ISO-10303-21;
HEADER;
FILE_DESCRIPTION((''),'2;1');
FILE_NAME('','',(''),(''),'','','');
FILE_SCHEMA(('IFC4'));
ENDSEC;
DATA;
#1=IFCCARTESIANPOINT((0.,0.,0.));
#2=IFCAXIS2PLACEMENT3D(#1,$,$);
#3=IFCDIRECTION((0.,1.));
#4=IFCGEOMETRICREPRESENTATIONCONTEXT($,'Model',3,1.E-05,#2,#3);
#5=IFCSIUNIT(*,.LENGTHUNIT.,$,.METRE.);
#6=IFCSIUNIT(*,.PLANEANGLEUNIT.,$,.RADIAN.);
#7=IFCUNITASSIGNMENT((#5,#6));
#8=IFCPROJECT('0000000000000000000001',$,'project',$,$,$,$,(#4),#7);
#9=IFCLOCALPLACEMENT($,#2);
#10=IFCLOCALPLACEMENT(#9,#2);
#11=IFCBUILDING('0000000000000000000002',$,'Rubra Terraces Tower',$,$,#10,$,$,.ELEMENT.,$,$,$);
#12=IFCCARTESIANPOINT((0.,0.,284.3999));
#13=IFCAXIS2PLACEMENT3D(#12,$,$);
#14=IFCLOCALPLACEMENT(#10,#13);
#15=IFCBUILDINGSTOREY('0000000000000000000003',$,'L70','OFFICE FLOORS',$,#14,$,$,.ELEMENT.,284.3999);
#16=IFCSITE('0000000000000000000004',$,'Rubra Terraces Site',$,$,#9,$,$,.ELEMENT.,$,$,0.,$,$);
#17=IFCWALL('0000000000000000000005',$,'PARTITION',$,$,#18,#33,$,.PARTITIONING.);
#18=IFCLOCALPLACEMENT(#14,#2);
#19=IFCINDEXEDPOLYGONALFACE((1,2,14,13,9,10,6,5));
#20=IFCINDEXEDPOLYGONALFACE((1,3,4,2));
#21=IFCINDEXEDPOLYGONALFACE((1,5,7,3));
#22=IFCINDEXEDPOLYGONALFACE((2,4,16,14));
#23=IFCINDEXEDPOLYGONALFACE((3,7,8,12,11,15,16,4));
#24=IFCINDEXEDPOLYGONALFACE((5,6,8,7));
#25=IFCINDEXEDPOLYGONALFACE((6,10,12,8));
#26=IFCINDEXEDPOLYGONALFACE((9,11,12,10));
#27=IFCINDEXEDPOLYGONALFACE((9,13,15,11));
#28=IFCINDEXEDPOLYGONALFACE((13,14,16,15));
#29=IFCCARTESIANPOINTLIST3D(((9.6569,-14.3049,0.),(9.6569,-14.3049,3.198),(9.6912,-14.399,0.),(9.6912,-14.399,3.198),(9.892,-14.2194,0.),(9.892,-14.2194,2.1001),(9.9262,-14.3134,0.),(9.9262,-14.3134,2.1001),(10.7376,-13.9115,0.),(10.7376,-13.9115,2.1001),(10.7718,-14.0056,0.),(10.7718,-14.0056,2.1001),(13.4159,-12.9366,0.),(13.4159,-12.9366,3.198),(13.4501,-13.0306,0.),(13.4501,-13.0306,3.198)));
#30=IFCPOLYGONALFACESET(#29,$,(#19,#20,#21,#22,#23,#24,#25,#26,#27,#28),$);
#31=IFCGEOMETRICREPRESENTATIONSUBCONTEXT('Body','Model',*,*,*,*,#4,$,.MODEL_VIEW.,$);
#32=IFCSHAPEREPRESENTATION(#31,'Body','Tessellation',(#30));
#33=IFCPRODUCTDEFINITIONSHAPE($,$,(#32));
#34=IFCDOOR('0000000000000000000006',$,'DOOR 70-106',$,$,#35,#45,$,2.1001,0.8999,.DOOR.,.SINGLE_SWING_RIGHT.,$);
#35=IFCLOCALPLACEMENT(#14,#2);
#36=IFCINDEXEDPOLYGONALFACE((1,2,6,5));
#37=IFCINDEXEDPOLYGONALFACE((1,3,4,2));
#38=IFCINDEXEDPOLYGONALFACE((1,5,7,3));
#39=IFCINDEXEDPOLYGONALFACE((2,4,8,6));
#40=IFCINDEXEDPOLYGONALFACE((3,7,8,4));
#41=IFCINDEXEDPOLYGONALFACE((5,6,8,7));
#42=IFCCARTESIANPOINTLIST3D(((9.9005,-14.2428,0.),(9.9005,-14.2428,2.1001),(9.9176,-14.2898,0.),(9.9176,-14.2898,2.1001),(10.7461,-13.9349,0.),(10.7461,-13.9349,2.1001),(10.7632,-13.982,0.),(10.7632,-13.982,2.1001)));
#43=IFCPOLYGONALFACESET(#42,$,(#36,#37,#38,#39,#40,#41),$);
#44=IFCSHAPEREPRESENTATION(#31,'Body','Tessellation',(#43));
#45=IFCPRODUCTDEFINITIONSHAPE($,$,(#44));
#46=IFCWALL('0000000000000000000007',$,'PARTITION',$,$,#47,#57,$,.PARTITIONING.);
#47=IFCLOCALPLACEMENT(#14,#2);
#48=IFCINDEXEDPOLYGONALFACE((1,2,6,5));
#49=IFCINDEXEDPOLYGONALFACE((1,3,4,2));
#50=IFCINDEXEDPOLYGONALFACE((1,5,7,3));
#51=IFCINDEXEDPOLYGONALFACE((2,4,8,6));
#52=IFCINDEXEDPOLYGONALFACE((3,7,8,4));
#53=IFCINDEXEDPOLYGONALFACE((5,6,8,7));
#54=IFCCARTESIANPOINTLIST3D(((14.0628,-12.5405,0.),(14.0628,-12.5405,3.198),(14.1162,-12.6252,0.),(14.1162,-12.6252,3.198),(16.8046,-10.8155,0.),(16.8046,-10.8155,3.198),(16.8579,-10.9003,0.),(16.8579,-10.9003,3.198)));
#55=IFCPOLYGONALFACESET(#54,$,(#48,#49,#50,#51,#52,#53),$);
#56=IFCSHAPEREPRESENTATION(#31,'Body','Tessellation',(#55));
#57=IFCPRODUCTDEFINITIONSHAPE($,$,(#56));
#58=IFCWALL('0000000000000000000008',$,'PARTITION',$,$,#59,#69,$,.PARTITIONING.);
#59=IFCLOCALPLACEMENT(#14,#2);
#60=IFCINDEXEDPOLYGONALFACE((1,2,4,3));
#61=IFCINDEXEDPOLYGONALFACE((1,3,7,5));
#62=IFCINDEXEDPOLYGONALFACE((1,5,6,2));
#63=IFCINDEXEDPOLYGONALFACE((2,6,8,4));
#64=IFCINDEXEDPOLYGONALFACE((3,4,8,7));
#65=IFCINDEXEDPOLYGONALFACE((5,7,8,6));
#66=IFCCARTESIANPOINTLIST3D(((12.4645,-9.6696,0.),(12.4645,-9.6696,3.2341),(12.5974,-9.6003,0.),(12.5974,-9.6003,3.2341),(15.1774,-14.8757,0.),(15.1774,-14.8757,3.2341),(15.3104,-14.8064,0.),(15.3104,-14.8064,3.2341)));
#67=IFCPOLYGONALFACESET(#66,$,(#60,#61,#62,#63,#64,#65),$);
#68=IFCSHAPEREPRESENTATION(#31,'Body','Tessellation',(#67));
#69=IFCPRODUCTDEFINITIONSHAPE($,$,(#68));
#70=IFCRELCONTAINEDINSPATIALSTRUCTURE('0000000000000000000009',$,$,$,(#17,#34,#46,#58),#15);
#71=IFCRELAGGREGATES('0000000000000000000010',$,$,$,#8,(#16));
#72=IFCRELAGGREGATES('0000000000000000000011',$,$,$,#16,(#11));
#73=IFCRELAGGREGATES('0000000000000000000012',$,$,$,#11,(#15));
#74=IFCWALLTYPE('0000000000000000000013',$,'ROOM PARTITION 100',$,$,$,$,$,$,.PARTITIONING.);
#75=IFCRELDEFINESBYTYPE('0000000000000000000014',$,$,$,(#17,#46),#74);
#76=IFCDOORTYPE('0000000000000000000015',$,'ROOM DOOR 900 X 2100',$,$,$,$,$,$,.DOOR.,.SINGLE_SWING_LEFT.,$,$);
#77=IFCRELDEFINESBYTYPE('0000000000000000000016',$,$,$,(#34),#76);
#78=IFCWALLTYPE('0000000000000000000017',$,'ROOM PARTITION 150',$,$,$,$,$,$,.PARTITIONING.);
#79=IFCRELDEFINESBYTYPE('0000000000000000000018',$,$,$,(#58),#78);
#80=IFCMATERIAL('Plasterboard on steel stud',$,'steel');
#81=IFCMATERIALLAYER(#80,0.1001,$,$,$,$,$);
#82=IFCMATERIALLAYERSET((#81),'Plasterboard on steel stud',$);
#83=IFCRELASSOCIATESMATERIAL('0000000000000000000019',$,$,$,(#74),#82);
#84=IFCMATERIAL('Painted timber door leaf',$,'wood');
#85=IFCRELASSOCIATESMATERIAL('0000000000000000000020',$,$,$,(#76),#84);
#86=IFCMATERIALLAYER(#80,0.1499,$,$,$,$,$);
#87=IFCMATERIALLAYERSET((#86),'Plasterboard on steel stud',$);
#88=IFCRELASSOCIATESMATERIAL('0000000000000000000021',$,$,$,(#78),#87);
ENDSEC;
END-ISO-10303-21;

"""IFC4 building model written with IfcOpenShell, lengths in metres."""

from ifc_helpers import new_model, si_unit, direction, frame, frame_2d, origin, place, context, subcontext, project, spatial, rectangle, extrude, material, layer, layer_set, type_object, element, fill, save


model = new_model("IFC4")

# Units and contexts
model_context = context("Model", 3, precision=1e-05, world=origin(), true_north=direction((0.0, 1.0)))
body_context = subcontext(model_context, "Body", "Model", "MODEL_VIEW")
ifc_project = project(units=[si_unit("LENGTHUNIT", "METRE"), si_unit("PLANEANGLEUNIT", "RADIAN")], contexts=[model_context])

# Site, building, storey
site_placement = place(None, origin())
site = spatial("IfcSite", under=ifc_project, at=site_placement, Name="Rubra Terraces Site", CompositionType="ELEMENT", RefElevation=0.0)
building_placement = place(site_placement, origin())
building = spatial("IfcBuilding", under=site, at=building_placement, Name="Rubra Terraces Tower", CompositionType="ELEMENT")
storey_placement = place(building_placement, frame((0.0, 0.0, 284.3999)))
storey = spatial("IfcBuildingStorey", under=building, at=storey_placement, Name="L70", Description="OFFICE FLOORS", CompositionType="ELEMENT", Elevation=284.3999)

# Shared definitions
ifc_material_1 = material(Name="Plasterboard on steel stud", Category="steel")
ifc_layer_1 = layer(ifc_material_1, 0.1001)
ifc_layer_set_1 = layer_set([ifc_layer_1], Name="Plasterboard on steel stud")
wall_type_1 = type_object("IfcWallType", Name="ROOM PARTITION 100", PredefinedType="PARTITIONING", material=ifc_layer_set_1)

# Wall, opening, door
wall_1_placement = place(storey_placement, frame((13.4329, -12.9836, 0.0), z_axis=(0.0, 0.0, 1.0), x_axis=(-0.939674, -0.342071, 0.0)))
wall_1 = element("IfcWall", 1, at=wall_1_placement, inside=storey, type_object=wall_type_1, Name="PARTITION", PredefinedType="PARTITIONING", context=body_context, shape_type="SweptSolid", body=[
    extrude(rectangle(XDim=4.0002, YDim=0.1001, at=frame_2d((2.0, 0.0))), origin(), (0.0, 0.0, 1.0), 3.198),
])
opening_1_placement = place(wall_1_placement, frame((2.8501, 0.0, 0.0)))
opening_1 = element("IfcOpeningElement", 2, at=opening_1_placement, cuts=wall_1, PredefinedType="OPENING", context=body_context, shape_type="SweptSolid", body=[
    extrude(rectangle(XDim=0.8999, YDim=2.1001, at=frame_2d((0.45, 1.05))), frame((0.0, 0.0601, 0.0), z_axis=(0.0, -1.0, 0.0), x_axis=(1.0, 0.0, 0.0)), (0.0, 0.0, 1.0), 0.1201),
])
ifc_material_2 = material(Name="Painted timber door leaf", Category="wood")
door_type = type_object("IfcDoorType", Name="ROOM DOOR 900 X 2100", OperationType="SINGLE_SWING_LEFT", PredefinedType="DOOR", material=ifc_material_2)
door_placement = place(opening_1_placement, origin())
door = element("IfcDoor", 3, at=door_placement, inside=storey, type_object=door_type, Name="DOOR 70-106", OperationType="SINGLE_SWING_RIGHT", OverallHeight=2.1001, OverallWidth=0.8999, PredefinedType="DOOR", context=body_context, shape_type="SweptSolid", body=[
    extrude(rectangle(XDim=0.8999, YDim=2.1001, at=frame_2d((0.45, 1.05))), frame((0.0, 0.0249, 0.0), z_axis=(0.0, -1.0, 0.0), x_axis=(1.0, 0.0, 0.0)), (0.0, 0.0, 1.0), 0.05),
])
fill(opening_1, door)

# Walls
wall_2_placement = place(storey_placement, frame((16.8313, -10.8579, 0.0), z_axis=(0.0, 0.0, 1.0), x_axis=(-0.846428, -0.532503, 0.0)))
element("IfcWall", 4, at=wall_2_placement, inside=storey, type_object=wall_type_1, Name="PARTITION", PredefinedType="PARTITIONING", context=body_context, shape_type="SweptSolid", body=[
    extrude(rectangle(XDim=3.2393, YDim=0.1001, at=frame_2d((1.6196, 0.0))), origin(), (0.0, 0.0, 1.0), 3.198),
])
ifc_layer_2 = layer(ifc_material_1, 0.1499)
ifc_layer_set_2 = layer_set([ifc_layer_2], Name="Plasterboard on steel stud")
wall_type_2 = type_object("IfcWallType", Name="ROOM PARTITION 150", PredefinedType="PARTITIONING", material=ifc_layer_set_2)
wall_3_placement = place(storey_placement, frame((15.2439, -14.8411, 0.0), z_axis=(0.0, 0.0, 1.0), x_axis=(-0.462123, 0.886816, 0.0)))
element("IfcWall", 5, at=wall_3_placement, inside=storey, type_object=wall_type_2, Name="PARTITION", PredefinedType="PARTITIONING", context=body_context, shape_type="SweptSolid", body=[
    extrude(rectangle(XDim=5.8706, YDim=0.1499, at=frame_2d((2.9353, 0.0))), origin(), (0.0, 0.0, 1.0), 3.2341),
])

save(model, "model.ifc")
